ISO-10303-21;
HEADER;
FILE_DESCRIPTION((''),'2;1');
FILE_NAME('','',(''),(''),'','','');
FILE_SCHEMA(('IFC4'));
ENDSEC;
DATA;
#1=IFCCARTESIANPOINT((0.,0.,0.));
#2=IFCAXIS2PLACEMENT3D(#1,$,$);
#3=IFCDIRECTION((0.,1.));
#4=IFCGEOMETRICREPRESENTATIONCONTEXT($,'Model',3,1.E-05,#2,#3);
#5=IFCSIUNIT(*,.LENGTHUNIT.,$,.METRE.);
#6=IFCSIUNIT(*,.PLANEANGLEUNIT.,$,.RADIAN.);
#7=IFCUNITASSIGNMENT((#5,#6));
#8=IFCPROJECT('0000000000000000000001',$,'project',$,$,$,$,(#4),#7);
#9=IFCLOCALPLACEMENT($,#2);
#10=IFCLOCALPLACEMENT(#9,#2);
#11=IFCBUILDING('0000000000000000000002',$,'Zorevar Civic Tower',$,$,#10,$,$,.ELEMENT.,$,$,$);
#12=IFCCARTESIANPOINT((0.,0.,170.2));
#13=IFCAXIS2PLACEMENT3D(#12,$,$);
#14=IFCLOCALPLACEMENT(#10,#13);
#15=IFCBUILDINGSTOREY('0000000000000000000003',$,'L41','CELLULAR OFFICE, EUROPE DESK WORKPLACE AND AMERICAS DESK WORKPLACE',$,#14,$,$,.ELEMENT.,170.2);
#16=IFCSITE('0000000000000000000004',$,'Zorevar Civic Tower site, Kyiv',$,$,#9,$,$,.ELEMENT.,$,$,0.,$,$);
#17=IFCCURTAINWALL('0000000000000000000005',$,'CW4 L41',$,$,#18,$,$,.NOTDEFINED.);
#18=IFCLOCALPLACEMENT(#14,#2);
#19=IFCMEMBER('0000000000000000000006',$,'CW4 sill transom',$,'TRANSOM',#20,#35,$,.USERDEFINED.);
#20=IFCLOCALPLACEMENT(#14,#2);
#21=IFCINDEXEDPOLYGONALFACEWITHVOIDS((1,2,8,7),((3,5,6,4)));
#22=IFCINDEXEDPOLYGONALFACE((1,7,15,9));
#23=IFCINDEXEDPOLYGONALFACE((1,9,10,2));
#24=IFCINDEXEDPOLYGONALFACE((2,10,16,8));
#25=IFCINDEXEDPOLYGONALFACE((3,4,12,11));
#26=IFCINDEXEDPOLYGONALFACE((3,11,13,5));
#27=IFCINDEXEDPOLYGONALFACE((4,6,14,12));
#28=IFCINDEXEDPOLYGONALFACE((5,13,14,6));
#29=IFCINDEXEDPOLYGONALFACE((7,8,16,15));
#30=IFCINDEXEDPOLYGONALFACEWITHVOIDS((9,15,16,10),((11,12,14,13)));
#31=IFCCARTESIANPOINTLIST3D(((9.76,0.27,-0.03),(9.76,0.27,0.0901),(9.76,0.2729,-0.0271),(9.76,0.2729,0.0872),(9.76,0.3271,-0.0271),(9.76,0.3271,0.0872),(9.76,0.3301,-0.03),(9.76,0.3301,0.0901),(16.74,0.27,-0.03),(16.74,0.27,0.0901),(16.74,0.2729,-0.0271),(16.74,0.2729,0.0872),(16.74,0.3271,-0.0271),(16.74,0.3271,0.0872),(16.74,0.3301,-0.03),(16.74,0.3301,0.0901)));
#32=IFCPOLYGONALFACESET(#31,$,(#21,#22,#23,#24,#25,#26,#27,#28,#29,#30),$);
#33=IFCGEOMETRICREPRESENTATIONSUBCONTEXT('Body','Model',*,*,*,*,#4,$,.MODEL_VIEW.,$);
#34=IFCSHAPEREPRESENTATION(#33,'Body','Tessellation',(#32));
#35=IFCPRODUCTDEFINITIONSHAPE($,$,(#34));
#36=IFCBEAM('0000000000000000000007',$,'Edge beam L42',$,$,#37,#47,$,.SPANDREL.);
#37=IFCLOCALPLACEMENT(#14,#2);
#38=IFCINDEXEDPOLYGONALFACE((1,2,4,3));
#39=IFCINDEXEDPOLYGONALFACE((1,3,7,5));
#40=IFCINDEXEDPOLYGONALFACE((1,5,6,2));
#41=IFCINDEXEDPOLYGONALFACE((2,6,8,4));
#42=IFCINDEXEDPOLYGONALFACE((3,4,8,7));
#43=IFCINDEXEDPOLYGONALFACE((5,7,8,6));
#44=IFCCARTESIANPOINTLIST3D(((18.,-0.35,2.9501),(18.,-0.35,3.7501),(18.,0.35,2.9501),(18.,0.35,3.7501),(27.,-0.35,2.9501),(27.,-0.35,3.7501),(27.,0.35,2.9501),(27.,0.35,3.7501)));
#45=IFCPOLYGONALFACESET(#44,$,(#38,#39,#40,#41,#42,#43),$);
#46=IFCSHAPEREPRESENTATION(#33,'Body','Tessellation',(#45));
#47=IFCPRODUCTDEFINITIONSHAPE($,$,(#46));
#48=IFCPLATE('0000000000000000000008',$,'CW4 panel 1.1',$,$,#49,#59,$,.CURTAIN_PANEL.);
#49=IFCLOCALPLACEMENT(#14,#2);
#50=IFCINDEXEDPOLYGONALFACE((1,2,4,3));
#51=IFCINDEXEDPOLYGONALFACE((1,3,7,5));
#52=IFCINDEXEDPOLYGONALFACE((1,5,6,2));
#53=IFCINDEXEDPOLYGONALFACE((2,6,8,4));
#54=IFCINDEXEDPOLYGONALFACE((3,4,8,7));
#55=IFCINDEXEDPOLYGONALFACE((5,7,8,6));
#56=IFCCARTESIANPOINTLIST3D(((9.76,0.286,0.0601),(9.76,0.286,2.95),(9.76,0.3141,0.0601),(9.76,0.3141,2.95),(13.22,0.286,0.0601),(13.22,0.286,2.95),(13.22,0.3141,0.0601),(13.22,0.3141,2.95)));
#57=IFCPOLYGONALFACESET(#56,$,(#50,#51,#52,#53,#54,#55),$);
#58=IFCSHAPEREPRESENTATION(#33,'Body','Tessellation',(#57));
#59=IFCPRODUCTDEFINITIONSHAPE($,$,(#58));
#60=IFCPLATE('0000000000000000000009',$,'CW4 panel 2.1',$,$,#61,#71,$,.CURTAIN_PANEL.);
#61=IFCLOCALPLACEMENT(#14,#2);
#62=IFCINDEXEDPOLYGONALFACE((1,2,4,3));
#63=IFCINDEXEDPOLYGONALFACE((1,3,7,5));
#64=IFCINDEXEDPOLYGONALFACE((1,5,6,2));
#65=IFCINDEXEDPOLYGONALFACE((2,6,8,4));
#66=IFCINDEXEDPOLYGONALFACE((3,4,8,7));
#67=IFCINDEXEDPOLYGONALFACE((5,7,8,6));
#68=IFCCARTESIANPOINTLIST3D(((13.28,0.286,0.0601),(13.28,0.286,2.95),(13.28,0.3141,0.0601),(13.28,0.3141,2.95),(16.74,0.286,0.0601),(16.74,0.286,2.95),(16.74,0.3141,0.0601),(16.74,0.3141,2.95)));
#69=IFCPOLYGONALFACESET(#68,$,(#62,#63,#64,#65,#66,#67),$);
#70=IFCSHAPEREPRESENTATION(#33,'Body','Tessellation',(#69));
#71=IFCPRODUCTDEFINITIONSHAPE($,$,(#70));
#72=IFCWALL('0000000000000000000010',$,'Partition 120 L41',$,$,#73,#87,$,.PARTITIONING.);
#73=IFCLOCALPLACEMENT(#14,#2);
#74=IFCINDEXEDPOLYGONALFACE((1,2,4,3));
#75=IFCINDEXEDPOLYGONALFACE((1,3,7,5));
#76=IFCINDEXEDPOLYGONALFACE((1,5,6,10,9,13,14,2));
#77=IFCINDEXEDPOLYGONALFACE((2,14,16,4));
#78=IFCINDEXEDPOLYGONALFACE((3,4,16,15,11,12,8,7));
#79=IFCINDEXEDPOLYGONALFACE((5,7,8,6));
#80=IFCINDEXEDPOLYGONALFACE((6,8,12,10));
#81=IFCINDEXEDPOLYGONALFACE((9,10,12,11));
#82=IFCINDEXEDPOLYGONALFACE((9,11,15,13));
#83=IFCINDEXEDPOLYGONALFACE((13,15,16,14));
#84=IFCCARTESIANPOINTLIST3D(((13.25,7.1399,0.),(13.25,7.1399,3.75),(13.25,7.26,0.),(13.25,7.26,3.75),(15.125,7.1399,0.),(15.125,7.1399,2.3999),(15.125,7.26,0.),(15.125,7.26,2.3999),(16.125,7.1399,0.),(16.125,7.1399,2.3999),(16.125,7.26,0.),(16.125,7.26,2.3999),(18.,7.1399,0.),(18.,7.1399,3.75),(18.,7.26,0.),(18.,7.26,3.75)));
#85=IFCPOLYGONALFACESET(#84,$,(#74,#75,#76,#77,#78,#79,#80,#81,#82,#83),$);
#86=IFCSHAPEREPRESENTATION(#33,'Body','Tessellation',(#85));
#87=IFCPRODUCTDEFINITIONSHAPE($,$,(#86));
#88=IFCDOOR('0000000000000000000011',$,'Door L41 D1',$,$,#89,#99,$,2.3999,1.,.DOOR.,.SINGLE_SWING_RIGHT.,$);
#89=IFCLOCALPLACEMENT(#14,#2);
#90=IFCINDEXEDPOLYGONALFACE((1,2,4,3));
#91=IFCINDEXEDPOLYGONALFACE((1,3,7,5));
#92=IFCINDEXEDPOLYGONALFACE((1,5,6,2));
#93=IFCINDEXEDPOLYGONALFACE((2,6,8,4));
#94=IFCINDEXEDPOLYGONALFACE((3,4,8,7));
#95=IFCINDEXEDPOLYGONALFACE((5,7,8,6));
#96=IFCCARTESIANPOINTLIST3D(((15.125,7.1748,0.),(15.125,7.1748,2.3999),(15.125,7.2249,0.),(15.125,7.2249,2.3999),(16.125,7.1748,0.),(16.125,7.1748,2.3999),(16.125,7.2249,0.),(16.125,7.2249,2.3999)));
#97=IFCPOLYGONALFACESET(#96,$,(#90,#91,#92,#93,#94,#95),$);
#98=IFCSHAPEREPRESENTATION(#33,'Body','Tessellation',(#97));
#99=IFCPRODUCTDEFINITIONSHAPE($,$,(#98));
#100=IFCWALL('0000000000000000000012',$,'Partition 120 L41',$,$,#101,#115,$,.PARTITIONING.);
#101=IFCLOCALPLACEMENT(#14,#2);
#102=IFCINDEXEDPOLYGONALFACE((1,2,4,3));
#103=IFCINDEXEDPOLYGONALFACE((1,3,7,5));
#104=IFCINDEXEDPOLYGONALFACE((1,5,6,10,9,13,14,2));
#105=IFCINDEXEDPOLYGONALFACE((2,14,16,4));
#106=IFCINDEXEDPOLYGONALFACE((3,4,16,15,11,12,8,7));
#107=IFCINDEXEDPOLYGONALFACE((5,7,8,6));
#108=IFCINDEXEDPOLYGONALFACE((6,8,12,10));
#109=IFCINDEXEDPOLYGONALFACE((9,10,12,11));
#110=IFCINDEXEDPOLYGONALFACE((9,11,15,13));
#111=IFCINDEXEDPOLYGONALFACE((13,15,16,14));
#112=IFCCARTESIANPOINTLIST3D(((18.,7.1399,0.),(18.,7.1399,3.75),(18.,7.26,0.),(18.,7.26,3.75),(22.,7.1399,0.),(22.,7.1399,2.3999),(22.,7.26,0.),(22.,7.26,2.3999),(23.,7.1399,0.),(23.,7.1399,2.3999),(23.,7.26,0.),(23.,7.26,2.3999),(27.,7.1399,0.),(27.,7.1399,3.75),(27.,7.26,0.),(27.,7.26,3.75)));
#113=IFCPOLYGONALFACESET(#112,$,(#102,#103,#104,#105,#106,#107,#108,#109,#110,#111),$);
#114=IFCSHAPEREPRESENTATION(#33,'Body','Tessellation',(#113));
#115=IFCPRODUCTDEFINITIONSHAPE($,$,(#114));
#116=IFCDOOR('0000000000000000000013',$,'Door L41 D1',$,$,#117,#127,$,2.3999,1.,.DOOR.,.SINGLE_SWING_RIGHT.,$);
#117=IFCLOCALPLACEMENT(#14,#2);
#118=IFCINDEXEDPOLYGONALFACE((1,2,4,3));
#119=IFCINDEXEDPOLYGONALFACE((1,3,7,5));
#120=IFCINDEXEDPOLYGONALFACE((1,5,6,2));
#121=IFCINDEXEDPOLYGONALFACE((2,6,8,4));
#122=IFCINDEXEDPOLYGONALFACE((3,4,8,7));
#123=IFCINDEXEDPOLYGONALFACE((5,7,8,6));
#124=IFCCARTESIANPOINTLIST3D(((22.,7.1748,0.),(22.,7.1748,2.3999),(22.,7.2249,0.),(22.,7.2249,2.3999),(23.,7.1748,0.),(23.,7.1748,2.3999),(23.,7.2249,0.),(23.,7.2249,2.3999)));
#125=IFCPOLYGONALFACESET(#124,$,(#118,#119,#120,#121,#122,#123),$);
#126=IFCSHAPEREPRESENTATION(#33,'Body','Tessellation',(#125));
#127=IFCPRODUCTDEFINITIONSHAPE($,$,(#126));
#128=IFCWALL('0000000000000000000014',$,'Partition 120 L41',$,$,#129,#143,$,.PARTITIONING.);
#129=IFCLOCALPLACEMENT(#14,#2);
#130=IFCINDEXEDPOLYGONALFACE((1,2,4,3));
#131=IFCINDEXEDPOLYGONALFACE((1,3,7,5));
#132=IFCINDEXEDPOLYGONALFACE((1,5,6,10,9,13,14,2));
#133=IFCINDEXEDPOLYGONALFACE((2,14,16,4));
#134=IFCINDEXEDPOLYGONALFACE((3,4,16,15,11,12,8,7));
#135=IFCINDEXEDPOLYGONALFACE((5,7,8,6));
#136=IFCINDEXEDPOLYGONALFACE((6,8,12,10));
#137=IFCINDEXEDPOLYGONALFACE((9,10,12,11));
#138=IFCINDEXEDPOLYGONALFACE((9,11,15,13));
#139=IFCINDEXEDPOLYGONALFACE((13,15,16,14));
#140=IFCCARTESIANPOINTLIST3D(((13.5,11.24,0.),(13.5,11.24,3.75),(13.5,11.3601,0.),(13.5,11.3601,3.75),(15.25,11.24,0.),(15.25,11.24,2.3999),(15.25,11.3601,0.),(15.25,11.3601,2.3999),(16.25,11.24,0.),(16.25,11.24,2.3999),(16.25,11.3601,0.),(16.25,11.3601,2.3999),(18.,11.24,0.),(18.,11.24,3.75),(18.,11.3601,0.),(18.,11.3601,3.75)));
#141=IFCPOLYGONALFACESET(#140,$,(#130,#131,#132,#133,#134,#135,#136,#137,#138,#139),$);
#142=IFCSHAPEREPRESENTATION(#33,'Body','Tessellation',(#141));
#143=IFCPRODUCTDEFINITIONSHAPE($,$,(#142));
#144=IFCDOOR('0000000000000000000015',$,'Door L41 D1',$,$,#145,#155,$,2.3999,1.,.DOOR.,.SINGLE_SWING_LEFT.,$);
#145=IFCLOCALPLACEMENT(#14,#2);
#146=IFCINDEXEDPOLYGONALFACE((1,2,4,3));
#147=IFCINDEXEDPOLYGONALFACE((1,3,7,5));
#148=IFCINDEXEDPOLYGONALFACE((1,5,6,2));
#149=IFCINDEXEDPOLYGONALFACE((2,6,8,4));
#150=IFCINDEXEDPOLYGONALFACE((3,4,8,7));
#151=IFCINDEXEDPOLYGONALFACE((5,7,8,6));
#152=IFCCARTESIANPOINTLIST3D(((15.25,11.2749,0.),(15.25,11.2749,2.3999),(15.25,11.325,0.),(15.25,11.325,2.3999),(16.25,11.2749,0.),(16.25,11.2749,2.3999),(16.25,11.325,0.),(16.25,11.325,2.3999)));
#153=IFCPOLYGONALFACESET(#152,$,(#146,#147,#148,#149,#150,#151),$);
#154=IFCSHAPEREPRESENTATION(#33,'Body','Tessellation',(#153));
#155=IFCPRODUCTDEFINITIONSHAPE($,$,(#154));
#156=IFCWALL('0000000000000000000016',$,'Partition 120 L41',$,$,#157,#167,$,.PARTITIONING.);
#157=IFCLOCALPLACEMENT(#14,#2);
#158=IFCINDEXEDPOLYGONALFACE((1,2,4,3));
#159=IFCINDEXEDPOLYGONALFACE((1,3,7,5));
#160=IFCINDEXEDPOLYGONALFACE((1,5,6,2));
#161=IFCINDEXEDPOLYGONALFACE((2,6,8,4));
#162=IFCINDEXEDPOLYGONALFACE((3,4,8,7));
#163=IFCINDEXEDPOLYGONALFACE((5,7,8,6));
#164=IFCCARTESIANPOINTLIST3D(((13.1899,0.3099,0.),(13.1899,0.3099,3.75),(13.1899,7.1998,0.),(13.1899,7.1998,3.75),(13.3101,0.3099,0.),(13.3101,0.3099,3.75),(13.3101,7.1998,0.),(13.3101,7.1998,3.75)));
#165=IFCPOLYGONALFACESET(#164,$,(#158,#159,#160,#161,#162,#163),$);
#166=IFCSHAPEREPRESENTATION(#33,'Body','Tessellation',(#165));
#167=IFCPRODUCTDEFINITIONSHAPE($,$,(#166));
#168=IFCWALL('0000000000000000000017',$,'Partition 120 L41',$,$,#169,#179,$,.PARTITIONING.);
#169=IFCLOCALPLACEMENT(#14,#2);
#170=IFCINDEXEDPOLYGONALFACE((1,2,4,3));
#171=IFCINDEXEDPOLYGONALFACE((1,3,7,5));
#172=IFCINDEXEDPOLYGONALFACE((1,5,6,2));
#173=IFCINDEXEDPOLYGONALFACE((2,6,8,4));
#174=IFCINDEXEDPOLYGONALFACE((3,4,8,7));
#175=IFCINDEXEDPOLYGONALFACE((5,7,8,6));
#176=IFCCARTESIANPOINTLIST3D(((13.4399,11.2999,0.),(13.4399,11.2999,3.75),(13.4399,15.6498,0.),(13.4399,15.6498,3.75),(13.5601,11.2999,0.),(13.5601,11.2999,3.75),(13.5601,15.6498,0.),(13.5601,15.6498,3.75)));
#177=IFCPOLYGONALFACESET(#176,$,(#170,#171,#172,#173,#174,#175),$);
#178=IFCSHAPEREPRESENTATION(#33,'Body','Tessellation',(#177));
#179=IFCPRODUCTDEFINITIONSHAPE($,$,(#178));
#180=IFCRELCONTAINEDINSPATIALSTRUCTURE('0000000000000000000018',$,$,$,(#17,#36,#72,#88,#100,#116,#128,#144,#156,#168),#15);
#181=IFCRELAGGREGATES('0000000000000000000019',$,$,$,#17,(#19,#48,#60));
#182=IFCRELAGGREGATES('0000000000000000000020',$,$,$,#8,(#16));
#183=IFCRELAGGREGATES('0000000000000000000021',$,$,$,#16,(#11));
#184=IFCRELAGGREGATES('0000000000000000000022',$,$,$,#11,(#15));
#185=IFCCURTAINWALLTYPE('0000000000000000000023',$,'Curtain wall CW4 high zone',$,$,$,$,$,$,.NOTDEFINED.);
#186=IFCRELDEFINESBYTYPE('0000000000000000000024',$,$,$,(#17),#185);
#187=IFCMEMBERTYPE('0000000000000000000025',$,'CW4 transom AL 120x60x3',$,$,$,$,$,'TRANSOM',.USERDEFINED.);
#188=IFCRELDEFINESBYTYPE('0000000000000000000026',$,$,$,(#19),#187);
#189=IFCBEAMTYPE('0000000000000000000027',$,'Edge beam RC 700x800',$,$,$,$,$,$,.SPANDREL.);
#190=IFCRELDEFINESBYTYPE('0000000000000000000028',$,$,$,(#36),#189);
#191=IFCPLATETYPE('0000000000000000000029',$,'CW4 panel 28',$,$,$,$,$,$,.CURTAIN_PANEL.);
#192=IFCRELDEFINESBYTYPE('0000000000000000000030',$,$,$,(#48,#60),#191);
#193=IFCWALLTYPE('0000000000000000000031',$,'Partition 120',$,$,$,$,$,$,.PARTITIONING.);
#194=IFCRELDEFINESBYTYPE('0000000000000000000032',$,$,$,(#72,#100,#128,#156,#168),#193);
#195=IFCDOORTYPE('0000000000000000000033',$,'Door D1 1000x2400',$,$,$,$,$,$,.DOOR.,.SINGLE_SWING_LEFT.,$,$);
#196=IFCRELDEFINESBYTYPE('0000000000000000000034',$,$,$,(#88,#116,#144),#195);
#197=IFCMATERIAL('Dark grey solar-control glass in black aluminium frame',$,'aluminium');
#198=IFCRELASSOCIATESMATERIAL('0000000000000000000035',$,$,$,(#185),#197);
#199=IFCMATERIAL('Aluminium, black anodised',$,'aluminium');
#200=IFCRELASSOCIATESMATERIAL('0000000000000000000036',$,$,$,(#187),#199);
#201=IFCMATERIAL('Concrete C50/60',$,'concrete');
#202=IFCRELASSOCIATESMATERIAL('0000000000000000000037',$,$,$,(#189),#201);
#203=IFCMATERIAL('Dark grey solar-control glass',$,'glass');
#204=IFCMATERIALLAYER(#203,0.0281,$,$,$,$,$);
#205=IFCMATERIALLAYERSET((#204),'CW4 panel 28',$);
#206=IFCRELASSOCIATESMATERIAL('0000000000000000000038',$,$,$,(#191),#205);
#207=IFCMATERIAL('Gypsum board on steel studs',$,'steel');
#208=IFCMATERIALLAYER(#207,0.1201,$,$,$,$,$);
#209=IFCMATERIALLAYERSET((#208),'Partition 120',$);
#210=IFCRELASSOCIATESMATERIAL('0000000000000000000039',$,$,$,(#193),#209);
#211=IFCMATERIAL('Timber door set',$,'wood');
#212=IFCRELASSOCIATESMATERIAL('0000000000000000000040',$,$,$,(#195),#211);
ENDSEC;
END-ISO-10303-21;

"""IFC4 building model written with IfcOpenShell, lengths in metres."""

from ifc_helpers import new_model, si_unit, direction, frame, frame_2d, origin, origin_2d, place, context, subcontext, project, spatial, rectangle, hollow_rectangle, extrude, material, layer, layer_set, material_profile, profile_set, type_object, element, fill, aggregate, save


model = new_model("IFC4")

# Units and contexts
model_context = context("Model", 3, precision=1e-05, world=origin(), true_north=direction((0.0, 1.0)))
body_context = subcontext(model_context, "Body", "Model", "MODEL_VIEW")
ifc_project = project(units=[si_unit("LENGTHUNIT", "METRE"), si_unit("PLANEANGLEUNIT", "RADIAN")], contexts=[model_context])

# Site, building, storey
site_placement = place(None, origin())
site = spatial("IfcSite", under=ifc_project, at=site_placement, Name="Zorevar Civic Tower site, Kyiv", CompositionType="ELEMENT", RefElevation=0.0)
building_placement = place(site_placement, origin())
building = spatial("IfcBuilding", under=site, at=building_placement, Name="Zorevar Civic Tower", CompositionType="ELEMENT")
storey_placement = place(building_placement, frame((0.0, 0.0, 170.2)))
storey = spatial("IfcBuildingStorey", under=building, at=storey_placement, Name="L41", Description="CELLULAR OFFICE, EUROPE DESK WORKPLACE AND AMERICAS DESK WORKPLACE", CompositionType="ELEMENT", Elevation=170.2)

# Curtain wall, member
ifc_material_1 = material(Name="Dark grey solar-control glass in black aluminium frame", Category="aluminium")
curtain_wall_type = type_object("IfcCurtainWallType", Name="Curtain wall CW4 high zone", PredefinedType="NOTDEFINED", material=ifc_material_1)
curtain_wall_placement = place(storey_placement, origin())
curtain_wall = element("IfcCurtainWall", 1, at=curtain_wall_placement, inside=storey, type_object=curtain_wall_type, Name="CW4 L41", PredefinedType="NOTDEFINED")
ifc_material_2 = material(Name="Aluminium, black anodised", Category="aluminium")
ifc_material_profile_1 = material_profile(ifc_material_2, hollow_rectangle(XDim=0.0601, YDim=0.1201, WallThickness=0.0029, at=origin_2d()), Name="AL 120x60x3")
ifc_profile_set_1 = profile_set([ifc_material_profile_1], Name="Aluminium, black anodised")
member_type_1 = type_object("IfcMemberType", Name="CW4 transom AL 120x60x3", ElementType="TRANSOM", PredefinedType="USERDEFINED", material=ifc_profile_set_1)
member_1_placement = place(storey_placement, frame((9.76, 0.3, 0.03), z_axis=(1.0, 0.0, 0.0), x_axis=(0.0, 1.0, 0.0)))
member_1 = element("IfcMember", 2, at=member_1_placement, type_object=member_type_1, Name="CW4 sill transom", ObjectType="TRANSOM", PredefinedType="USERDEFINED", context=body_context, shape_type="SweptSolid", body=[
    extrude(hollow_rectangle(XDim=0.0601, YDim=0.1201, WallThickness=0.0029, at=origin_2d()), origin(), (0.0, 0.0, 1.0), 6.98),
])

# Beam
ifc_material_3 = material(Name="Concrete C50/60", Category="concrete")
ifc_material_profile_2 = material_profile(ifc_material_3, rectangle(XDim=0.7, YDim=0.8, at=origin_2d()), Name="RC 700x800")
ifc_profile_set_2 = profile_set([ifc_material_profile_2], Name="Concrete C50/60")
beam_type_1 = type_object("IfcBeamType", Name="Edge beam RC 700x800", PredefinedType="SPANDREL", material=ifc_profile_set_2)
beam_1_placement = place(storey_placement, frame((18.0, 0.0, 3.3501), z_axis=(1.0, 0.0, 0.0), x_axis=(0.0, 1.0, 0.0)))
element("IfcBeam", 3, at=beam_1_placement, inside=storey, type_object=beam_type_1, Name="Edge beam L42", PredefinedType="SPANDREL", context=body_context, shape_type="SweptSolid", body=[
    extrude(rectangle(XDim=0.7, YDim=0.8, at=origin_2d()), origin(), (0.0, 0.0, 1.0), 9.0),
])

# Plates
ifc_material_4 = material(Name="Dark grey solar-control glass", Category="glass")
ifc_layer_1 = layer(ifc_material_4, 0.0281)
ifc_layer_set_1 = layer_set([ifc_layer_1], Name="CW4 panel 28")
plate_type = type_object("IfcPlateType", Name="CW4 panel 28", PredefinedType="CURTAIN_PANEL", material=ifc_layer_set_1)
plate_1_placement = place(storey_placement, frame((11.49, 0.3, 0.0601), z_axis=(0.0, 0.0, 1.0), x_axis=(1.0, 0.0, 0.0)))
plate_1 = element("IfcPlate", 4, at=plate_1_placement, type_object=plate_type, Name="CW4 panel 1.1", PredefinedType="CURTAIN_PANEL", context=body_context, shape_type="SweptSolid", body=[
    extrude(rectangle(XDim=3.46, YDim=0.0281, at=origin_2d()), origin(), (0.0, 0.0, 1.0), 2.8899),
])
plate_2_placement = place(storey_placement, frame((15.01, 0.3, 0.0601), z_axis=(0.0, 0.0, 1.0), x_axis=(1.0, 0.0, 0.0)))
plate_2 = element("IfcPlate", 5, at=plate_2_placement, type_object=plate_type, Name="CW4 panel 2.1", PredefinedType="CURTAIN_PANEL", context=body_context, shape_type="SweptSolid", body=[
    extrude(rectangle(XDim=3.46, YDim=0.0281, at=origin_2d()), origin(), (0.0, 0.0, 1.0), 2.8899),
])
aggregate(curtain_wall, [member_1, plate_1, plate_2])

# Walls, openings, doors
ifc_material_5 = material(Name="Gypsum board on steel studs", Category="steel")
ifc_layer_2 = layer(ifc_material_5, 0.1201)
ifc_layer_set_2 = layer_set([ifc_layer_2], Name="Partition 120")
wall_type = type_object("IfcWallType", Name="Partition 120", PredefinedType="PARTITIONING", material=ifc_layer_set_2)
wall_1_placement = place(storey_placement, frame((13.25, 7.2, 0.0), z_axis=(0.0, 0.0, 1.0), x_axis=(1.0, 0.0, 0.0)))
wall_1 = element("IfcWall", 6, at=wall_1_placement, inside=storey, type_object=wall_type, Name="Partition 120 L41", PredefinedType="PARTITIONING", context=body_context, shape_type="SweptSolid", body=[
    extrude(rectangle(XDim=4.75, YDim=0.1201, at=frame_2d((2.375, 0.0))), origin(), (0.0, 0.0, 1.0), 3.75),
])
opening_1_placement = place(wall_1_placement, frame((1.875, 0.0, 0.0)))
opening_1 = element("IfcOpeningElement", 7, at=opening_1_placement, cuts=wall_1, PredefinedType="OPENING", context=body_context, shape_type="SweptSolid", body=[
    extrude(rectangle(XDim=1.0, YDim=2.3999, at=frame_2d((0.5, 1.2))), frame((0.0, 0.0701, 0.0), z_axis=(0.0, -1.0, 0.0), x_axis=(1.0, 0.0, 0.0)), (0.0, 0.0, 1.0), 0.1401),
])
ifc_material_6 = material(Name="Timber door set", Category="wood")
door_type = type_object("IfcDoorType", Name="Door D1 1000x2400", OperationType="SINGLE_SWING_LEFT", PredefinedType="DOOR", material=ifc_material_6)
door_1_placement = place(opening_1_placement, origin())
door_1 = element("IfcDoor", 8, at=door_1_placement, inside=storey, type_object=door_type, Name="Door L41 D1", OperationType="SINGLE_SWING_RIGHT", OverallHeight=2.3999, OverallWidth=1.0, PredefinedType="DOOR", context=body_context, shape_type="SweptSolid", body=[
    extrude(rectangle(XDim=1.0, YDim=2.3999, at=frame_2d((0.5, 1.2))), frame((0.0, 0.0249, 0.0), z_axis=(0.0, -1.0, 0.0), x_axis=(1.0, 0.0, 0.0)), (0.0, 0.0, 1.0), 0.05),
])
fill(opening_1, door_1)
wall_2_placement = place(storey_placement, frame((18.0, 7.2, 0.0), z_axis=(0.0, 0.0, 1.0), x_axis=(1.0, 0.0, 0.0)))
wall_2 = element("IfcWall", 9, at=wall_2_placement, inside=storey, type_object=wall_type, Name="Partition 120 L41", PredefinedType="PARTITIONING", context=body_context, shape_type="SweptSolid", body=[
    extrude(rectangle(XDim=9.0, YDim=0.1201, at=frame_2d((4.5, 0.0))), origin(), (0.0, 0.0, 1.0), 3.75),
])
opening_2_placement = place(wall_2_placement, frame((4.0, 0.0, 0.0)))
opening_2 = element("IfcOpeningElement", 10, at=opening_2_placement, cuts=wall_2, PredefinedType="OPENING", context=body_context, shape_type="SweptSolid", body=[
    extrude(rectangle(XDim=1.0, YDim=2.3999, at=frame_2d((0.5, 1.2))), frame((0.0, 0.0701, 0.0), z_axis=(0.0, -1.0, 0.0), x_axis=(1.0, 0.0, 0.0)), (0.0, 0.0, 1.0), 0.1401),
])
door_2_placement = place(opening_2_placement, origin())
door_2 = element("IfcDoor", 11, at=door_2_placement, inside=storey, type_object=door_type, Name="Door L41 D1", OperationType="SINGLE_SWING_RIGHT", OverallHeight=2.3999, OverallWidth=1.0, PredefinedType="DOOR", context=body_context, shape_type="SweptSolid", body=[
    extrude(rectangle(XDim=1.0, YDim=2.3999, at=frame_2d((0.5, 1.2))), frame((0.0, 0.0249, 0.0), z_axis=(0.0, -1.0, 0.0), x_axis=(1.0, 0.0, 0.0)), (0.0, 0.0, 1.0), 0.05),
])
fill(opening_2, door_2)
wall_3_placement = place(storey_placement, frame((13.5, 11.3, 0.0), z_axis=(0.0, 0.0, 1.0), x_axis=(1.0, 0.0, 0.0)))
wall_3 = element("IfcWall", 12, at=wall_3_placement, inside=storey, type_object=wall_type, Name="Partition 120 L41", PredefinedType="PARTITIONING", context=body_context, shape_type="SweptSolid", body=[
    extrude(rectangle(XDim=4.5, YDim=0.1201, at=frame_2d((2.25, 0.0))), origin(), (0.0, 0.0, 1.0), 3.75),
])
opening_3_placement = place(wall_3_placement, frame((1.75, 0.0, 0.0)))
opening_3 = element("IfcOpeningElement", 13, at=opening_3_placement, cuts=wall_3, PredefinedType="OPENING", context=body_context, shape_type="SweptSolid", body=[
    extrude(rectangle(XDim=1.0, YDim=2.3999, at=frame_2d((0.5, 1.2))), frame((0.0, 0.0701, 0.0), z_axis=(0.0, -1.0, 0.0), x_axis=(1.0, 0.0, 0.0)), (0.0, 0.0, 1.0), 0.1401),
])
door_3_placement = place(opening_3_placement, origin())
door_3 = element("IfcDoor", 14, at=door_3_placement, inside=storey, type_object=door_type, Name="Door L41 D1", OperationType="SINGLE_SWING_LEFT", OverallHeight=2.3999, OverallWidth=1.0, PredefinedType="DOOR", context=body_context, shape_type="SweptSolid", body=[
    extrude(rectangle(XDim=1.0, YDim=2.3999, at=frame_2d((0.5, 1.2))), frame((0.0, 0.0249, 0.0), z_axis=(0.0, -1.0, 0.0), x_axis=(1.0, 0.0, 0.0)), (0.0, 0.0, 1.0), 0.05),
])
fill(opening_3, door_3)

# Walls
wall_4_placement = place(storey_placement, frame((13.25, 0.3101, 0.0), z_axis=(0.0, 0.0, 1.0), x_axis=(0.0, 1.0, 0.0)))
element("IfcWall", 15, at=wall_4_placement, inside=storey, type_object=wall_type, Name="Partition 120 L41", PredefinedType="PARTITIONING", context=body_context, shape_type="SweptSolid", body=[
    extrude(rectangle(XDim=6.8899, YDim=0.1201, at=frame_2d((3.4448, 0.0))), origin(), (0.0, 0.0, 1.0), 3.75),
])
wall_5_placement = place(storey_placement, frame((13.5, 11.3, 0.0), z_axis=(0.0, 0.0, 1.0), x_axis=(0.0, 1.0, 0.0)))
element("IfcWall", 16, at=wall_5_placement, inside=storey, type_object=wall_type, Name="Partition 120 L41", PredefinedType="PARTITIONING", context=body_context, shape_type="SweptSolid", body=[
    extrude(rectangle(XDim=4.3499, YDim=0.1201, at=frame_2d((2.1748, 0.0))), origin(), (0.0, 0.0, 1.0), 3.75),
])

save(model, "model.ifc")
